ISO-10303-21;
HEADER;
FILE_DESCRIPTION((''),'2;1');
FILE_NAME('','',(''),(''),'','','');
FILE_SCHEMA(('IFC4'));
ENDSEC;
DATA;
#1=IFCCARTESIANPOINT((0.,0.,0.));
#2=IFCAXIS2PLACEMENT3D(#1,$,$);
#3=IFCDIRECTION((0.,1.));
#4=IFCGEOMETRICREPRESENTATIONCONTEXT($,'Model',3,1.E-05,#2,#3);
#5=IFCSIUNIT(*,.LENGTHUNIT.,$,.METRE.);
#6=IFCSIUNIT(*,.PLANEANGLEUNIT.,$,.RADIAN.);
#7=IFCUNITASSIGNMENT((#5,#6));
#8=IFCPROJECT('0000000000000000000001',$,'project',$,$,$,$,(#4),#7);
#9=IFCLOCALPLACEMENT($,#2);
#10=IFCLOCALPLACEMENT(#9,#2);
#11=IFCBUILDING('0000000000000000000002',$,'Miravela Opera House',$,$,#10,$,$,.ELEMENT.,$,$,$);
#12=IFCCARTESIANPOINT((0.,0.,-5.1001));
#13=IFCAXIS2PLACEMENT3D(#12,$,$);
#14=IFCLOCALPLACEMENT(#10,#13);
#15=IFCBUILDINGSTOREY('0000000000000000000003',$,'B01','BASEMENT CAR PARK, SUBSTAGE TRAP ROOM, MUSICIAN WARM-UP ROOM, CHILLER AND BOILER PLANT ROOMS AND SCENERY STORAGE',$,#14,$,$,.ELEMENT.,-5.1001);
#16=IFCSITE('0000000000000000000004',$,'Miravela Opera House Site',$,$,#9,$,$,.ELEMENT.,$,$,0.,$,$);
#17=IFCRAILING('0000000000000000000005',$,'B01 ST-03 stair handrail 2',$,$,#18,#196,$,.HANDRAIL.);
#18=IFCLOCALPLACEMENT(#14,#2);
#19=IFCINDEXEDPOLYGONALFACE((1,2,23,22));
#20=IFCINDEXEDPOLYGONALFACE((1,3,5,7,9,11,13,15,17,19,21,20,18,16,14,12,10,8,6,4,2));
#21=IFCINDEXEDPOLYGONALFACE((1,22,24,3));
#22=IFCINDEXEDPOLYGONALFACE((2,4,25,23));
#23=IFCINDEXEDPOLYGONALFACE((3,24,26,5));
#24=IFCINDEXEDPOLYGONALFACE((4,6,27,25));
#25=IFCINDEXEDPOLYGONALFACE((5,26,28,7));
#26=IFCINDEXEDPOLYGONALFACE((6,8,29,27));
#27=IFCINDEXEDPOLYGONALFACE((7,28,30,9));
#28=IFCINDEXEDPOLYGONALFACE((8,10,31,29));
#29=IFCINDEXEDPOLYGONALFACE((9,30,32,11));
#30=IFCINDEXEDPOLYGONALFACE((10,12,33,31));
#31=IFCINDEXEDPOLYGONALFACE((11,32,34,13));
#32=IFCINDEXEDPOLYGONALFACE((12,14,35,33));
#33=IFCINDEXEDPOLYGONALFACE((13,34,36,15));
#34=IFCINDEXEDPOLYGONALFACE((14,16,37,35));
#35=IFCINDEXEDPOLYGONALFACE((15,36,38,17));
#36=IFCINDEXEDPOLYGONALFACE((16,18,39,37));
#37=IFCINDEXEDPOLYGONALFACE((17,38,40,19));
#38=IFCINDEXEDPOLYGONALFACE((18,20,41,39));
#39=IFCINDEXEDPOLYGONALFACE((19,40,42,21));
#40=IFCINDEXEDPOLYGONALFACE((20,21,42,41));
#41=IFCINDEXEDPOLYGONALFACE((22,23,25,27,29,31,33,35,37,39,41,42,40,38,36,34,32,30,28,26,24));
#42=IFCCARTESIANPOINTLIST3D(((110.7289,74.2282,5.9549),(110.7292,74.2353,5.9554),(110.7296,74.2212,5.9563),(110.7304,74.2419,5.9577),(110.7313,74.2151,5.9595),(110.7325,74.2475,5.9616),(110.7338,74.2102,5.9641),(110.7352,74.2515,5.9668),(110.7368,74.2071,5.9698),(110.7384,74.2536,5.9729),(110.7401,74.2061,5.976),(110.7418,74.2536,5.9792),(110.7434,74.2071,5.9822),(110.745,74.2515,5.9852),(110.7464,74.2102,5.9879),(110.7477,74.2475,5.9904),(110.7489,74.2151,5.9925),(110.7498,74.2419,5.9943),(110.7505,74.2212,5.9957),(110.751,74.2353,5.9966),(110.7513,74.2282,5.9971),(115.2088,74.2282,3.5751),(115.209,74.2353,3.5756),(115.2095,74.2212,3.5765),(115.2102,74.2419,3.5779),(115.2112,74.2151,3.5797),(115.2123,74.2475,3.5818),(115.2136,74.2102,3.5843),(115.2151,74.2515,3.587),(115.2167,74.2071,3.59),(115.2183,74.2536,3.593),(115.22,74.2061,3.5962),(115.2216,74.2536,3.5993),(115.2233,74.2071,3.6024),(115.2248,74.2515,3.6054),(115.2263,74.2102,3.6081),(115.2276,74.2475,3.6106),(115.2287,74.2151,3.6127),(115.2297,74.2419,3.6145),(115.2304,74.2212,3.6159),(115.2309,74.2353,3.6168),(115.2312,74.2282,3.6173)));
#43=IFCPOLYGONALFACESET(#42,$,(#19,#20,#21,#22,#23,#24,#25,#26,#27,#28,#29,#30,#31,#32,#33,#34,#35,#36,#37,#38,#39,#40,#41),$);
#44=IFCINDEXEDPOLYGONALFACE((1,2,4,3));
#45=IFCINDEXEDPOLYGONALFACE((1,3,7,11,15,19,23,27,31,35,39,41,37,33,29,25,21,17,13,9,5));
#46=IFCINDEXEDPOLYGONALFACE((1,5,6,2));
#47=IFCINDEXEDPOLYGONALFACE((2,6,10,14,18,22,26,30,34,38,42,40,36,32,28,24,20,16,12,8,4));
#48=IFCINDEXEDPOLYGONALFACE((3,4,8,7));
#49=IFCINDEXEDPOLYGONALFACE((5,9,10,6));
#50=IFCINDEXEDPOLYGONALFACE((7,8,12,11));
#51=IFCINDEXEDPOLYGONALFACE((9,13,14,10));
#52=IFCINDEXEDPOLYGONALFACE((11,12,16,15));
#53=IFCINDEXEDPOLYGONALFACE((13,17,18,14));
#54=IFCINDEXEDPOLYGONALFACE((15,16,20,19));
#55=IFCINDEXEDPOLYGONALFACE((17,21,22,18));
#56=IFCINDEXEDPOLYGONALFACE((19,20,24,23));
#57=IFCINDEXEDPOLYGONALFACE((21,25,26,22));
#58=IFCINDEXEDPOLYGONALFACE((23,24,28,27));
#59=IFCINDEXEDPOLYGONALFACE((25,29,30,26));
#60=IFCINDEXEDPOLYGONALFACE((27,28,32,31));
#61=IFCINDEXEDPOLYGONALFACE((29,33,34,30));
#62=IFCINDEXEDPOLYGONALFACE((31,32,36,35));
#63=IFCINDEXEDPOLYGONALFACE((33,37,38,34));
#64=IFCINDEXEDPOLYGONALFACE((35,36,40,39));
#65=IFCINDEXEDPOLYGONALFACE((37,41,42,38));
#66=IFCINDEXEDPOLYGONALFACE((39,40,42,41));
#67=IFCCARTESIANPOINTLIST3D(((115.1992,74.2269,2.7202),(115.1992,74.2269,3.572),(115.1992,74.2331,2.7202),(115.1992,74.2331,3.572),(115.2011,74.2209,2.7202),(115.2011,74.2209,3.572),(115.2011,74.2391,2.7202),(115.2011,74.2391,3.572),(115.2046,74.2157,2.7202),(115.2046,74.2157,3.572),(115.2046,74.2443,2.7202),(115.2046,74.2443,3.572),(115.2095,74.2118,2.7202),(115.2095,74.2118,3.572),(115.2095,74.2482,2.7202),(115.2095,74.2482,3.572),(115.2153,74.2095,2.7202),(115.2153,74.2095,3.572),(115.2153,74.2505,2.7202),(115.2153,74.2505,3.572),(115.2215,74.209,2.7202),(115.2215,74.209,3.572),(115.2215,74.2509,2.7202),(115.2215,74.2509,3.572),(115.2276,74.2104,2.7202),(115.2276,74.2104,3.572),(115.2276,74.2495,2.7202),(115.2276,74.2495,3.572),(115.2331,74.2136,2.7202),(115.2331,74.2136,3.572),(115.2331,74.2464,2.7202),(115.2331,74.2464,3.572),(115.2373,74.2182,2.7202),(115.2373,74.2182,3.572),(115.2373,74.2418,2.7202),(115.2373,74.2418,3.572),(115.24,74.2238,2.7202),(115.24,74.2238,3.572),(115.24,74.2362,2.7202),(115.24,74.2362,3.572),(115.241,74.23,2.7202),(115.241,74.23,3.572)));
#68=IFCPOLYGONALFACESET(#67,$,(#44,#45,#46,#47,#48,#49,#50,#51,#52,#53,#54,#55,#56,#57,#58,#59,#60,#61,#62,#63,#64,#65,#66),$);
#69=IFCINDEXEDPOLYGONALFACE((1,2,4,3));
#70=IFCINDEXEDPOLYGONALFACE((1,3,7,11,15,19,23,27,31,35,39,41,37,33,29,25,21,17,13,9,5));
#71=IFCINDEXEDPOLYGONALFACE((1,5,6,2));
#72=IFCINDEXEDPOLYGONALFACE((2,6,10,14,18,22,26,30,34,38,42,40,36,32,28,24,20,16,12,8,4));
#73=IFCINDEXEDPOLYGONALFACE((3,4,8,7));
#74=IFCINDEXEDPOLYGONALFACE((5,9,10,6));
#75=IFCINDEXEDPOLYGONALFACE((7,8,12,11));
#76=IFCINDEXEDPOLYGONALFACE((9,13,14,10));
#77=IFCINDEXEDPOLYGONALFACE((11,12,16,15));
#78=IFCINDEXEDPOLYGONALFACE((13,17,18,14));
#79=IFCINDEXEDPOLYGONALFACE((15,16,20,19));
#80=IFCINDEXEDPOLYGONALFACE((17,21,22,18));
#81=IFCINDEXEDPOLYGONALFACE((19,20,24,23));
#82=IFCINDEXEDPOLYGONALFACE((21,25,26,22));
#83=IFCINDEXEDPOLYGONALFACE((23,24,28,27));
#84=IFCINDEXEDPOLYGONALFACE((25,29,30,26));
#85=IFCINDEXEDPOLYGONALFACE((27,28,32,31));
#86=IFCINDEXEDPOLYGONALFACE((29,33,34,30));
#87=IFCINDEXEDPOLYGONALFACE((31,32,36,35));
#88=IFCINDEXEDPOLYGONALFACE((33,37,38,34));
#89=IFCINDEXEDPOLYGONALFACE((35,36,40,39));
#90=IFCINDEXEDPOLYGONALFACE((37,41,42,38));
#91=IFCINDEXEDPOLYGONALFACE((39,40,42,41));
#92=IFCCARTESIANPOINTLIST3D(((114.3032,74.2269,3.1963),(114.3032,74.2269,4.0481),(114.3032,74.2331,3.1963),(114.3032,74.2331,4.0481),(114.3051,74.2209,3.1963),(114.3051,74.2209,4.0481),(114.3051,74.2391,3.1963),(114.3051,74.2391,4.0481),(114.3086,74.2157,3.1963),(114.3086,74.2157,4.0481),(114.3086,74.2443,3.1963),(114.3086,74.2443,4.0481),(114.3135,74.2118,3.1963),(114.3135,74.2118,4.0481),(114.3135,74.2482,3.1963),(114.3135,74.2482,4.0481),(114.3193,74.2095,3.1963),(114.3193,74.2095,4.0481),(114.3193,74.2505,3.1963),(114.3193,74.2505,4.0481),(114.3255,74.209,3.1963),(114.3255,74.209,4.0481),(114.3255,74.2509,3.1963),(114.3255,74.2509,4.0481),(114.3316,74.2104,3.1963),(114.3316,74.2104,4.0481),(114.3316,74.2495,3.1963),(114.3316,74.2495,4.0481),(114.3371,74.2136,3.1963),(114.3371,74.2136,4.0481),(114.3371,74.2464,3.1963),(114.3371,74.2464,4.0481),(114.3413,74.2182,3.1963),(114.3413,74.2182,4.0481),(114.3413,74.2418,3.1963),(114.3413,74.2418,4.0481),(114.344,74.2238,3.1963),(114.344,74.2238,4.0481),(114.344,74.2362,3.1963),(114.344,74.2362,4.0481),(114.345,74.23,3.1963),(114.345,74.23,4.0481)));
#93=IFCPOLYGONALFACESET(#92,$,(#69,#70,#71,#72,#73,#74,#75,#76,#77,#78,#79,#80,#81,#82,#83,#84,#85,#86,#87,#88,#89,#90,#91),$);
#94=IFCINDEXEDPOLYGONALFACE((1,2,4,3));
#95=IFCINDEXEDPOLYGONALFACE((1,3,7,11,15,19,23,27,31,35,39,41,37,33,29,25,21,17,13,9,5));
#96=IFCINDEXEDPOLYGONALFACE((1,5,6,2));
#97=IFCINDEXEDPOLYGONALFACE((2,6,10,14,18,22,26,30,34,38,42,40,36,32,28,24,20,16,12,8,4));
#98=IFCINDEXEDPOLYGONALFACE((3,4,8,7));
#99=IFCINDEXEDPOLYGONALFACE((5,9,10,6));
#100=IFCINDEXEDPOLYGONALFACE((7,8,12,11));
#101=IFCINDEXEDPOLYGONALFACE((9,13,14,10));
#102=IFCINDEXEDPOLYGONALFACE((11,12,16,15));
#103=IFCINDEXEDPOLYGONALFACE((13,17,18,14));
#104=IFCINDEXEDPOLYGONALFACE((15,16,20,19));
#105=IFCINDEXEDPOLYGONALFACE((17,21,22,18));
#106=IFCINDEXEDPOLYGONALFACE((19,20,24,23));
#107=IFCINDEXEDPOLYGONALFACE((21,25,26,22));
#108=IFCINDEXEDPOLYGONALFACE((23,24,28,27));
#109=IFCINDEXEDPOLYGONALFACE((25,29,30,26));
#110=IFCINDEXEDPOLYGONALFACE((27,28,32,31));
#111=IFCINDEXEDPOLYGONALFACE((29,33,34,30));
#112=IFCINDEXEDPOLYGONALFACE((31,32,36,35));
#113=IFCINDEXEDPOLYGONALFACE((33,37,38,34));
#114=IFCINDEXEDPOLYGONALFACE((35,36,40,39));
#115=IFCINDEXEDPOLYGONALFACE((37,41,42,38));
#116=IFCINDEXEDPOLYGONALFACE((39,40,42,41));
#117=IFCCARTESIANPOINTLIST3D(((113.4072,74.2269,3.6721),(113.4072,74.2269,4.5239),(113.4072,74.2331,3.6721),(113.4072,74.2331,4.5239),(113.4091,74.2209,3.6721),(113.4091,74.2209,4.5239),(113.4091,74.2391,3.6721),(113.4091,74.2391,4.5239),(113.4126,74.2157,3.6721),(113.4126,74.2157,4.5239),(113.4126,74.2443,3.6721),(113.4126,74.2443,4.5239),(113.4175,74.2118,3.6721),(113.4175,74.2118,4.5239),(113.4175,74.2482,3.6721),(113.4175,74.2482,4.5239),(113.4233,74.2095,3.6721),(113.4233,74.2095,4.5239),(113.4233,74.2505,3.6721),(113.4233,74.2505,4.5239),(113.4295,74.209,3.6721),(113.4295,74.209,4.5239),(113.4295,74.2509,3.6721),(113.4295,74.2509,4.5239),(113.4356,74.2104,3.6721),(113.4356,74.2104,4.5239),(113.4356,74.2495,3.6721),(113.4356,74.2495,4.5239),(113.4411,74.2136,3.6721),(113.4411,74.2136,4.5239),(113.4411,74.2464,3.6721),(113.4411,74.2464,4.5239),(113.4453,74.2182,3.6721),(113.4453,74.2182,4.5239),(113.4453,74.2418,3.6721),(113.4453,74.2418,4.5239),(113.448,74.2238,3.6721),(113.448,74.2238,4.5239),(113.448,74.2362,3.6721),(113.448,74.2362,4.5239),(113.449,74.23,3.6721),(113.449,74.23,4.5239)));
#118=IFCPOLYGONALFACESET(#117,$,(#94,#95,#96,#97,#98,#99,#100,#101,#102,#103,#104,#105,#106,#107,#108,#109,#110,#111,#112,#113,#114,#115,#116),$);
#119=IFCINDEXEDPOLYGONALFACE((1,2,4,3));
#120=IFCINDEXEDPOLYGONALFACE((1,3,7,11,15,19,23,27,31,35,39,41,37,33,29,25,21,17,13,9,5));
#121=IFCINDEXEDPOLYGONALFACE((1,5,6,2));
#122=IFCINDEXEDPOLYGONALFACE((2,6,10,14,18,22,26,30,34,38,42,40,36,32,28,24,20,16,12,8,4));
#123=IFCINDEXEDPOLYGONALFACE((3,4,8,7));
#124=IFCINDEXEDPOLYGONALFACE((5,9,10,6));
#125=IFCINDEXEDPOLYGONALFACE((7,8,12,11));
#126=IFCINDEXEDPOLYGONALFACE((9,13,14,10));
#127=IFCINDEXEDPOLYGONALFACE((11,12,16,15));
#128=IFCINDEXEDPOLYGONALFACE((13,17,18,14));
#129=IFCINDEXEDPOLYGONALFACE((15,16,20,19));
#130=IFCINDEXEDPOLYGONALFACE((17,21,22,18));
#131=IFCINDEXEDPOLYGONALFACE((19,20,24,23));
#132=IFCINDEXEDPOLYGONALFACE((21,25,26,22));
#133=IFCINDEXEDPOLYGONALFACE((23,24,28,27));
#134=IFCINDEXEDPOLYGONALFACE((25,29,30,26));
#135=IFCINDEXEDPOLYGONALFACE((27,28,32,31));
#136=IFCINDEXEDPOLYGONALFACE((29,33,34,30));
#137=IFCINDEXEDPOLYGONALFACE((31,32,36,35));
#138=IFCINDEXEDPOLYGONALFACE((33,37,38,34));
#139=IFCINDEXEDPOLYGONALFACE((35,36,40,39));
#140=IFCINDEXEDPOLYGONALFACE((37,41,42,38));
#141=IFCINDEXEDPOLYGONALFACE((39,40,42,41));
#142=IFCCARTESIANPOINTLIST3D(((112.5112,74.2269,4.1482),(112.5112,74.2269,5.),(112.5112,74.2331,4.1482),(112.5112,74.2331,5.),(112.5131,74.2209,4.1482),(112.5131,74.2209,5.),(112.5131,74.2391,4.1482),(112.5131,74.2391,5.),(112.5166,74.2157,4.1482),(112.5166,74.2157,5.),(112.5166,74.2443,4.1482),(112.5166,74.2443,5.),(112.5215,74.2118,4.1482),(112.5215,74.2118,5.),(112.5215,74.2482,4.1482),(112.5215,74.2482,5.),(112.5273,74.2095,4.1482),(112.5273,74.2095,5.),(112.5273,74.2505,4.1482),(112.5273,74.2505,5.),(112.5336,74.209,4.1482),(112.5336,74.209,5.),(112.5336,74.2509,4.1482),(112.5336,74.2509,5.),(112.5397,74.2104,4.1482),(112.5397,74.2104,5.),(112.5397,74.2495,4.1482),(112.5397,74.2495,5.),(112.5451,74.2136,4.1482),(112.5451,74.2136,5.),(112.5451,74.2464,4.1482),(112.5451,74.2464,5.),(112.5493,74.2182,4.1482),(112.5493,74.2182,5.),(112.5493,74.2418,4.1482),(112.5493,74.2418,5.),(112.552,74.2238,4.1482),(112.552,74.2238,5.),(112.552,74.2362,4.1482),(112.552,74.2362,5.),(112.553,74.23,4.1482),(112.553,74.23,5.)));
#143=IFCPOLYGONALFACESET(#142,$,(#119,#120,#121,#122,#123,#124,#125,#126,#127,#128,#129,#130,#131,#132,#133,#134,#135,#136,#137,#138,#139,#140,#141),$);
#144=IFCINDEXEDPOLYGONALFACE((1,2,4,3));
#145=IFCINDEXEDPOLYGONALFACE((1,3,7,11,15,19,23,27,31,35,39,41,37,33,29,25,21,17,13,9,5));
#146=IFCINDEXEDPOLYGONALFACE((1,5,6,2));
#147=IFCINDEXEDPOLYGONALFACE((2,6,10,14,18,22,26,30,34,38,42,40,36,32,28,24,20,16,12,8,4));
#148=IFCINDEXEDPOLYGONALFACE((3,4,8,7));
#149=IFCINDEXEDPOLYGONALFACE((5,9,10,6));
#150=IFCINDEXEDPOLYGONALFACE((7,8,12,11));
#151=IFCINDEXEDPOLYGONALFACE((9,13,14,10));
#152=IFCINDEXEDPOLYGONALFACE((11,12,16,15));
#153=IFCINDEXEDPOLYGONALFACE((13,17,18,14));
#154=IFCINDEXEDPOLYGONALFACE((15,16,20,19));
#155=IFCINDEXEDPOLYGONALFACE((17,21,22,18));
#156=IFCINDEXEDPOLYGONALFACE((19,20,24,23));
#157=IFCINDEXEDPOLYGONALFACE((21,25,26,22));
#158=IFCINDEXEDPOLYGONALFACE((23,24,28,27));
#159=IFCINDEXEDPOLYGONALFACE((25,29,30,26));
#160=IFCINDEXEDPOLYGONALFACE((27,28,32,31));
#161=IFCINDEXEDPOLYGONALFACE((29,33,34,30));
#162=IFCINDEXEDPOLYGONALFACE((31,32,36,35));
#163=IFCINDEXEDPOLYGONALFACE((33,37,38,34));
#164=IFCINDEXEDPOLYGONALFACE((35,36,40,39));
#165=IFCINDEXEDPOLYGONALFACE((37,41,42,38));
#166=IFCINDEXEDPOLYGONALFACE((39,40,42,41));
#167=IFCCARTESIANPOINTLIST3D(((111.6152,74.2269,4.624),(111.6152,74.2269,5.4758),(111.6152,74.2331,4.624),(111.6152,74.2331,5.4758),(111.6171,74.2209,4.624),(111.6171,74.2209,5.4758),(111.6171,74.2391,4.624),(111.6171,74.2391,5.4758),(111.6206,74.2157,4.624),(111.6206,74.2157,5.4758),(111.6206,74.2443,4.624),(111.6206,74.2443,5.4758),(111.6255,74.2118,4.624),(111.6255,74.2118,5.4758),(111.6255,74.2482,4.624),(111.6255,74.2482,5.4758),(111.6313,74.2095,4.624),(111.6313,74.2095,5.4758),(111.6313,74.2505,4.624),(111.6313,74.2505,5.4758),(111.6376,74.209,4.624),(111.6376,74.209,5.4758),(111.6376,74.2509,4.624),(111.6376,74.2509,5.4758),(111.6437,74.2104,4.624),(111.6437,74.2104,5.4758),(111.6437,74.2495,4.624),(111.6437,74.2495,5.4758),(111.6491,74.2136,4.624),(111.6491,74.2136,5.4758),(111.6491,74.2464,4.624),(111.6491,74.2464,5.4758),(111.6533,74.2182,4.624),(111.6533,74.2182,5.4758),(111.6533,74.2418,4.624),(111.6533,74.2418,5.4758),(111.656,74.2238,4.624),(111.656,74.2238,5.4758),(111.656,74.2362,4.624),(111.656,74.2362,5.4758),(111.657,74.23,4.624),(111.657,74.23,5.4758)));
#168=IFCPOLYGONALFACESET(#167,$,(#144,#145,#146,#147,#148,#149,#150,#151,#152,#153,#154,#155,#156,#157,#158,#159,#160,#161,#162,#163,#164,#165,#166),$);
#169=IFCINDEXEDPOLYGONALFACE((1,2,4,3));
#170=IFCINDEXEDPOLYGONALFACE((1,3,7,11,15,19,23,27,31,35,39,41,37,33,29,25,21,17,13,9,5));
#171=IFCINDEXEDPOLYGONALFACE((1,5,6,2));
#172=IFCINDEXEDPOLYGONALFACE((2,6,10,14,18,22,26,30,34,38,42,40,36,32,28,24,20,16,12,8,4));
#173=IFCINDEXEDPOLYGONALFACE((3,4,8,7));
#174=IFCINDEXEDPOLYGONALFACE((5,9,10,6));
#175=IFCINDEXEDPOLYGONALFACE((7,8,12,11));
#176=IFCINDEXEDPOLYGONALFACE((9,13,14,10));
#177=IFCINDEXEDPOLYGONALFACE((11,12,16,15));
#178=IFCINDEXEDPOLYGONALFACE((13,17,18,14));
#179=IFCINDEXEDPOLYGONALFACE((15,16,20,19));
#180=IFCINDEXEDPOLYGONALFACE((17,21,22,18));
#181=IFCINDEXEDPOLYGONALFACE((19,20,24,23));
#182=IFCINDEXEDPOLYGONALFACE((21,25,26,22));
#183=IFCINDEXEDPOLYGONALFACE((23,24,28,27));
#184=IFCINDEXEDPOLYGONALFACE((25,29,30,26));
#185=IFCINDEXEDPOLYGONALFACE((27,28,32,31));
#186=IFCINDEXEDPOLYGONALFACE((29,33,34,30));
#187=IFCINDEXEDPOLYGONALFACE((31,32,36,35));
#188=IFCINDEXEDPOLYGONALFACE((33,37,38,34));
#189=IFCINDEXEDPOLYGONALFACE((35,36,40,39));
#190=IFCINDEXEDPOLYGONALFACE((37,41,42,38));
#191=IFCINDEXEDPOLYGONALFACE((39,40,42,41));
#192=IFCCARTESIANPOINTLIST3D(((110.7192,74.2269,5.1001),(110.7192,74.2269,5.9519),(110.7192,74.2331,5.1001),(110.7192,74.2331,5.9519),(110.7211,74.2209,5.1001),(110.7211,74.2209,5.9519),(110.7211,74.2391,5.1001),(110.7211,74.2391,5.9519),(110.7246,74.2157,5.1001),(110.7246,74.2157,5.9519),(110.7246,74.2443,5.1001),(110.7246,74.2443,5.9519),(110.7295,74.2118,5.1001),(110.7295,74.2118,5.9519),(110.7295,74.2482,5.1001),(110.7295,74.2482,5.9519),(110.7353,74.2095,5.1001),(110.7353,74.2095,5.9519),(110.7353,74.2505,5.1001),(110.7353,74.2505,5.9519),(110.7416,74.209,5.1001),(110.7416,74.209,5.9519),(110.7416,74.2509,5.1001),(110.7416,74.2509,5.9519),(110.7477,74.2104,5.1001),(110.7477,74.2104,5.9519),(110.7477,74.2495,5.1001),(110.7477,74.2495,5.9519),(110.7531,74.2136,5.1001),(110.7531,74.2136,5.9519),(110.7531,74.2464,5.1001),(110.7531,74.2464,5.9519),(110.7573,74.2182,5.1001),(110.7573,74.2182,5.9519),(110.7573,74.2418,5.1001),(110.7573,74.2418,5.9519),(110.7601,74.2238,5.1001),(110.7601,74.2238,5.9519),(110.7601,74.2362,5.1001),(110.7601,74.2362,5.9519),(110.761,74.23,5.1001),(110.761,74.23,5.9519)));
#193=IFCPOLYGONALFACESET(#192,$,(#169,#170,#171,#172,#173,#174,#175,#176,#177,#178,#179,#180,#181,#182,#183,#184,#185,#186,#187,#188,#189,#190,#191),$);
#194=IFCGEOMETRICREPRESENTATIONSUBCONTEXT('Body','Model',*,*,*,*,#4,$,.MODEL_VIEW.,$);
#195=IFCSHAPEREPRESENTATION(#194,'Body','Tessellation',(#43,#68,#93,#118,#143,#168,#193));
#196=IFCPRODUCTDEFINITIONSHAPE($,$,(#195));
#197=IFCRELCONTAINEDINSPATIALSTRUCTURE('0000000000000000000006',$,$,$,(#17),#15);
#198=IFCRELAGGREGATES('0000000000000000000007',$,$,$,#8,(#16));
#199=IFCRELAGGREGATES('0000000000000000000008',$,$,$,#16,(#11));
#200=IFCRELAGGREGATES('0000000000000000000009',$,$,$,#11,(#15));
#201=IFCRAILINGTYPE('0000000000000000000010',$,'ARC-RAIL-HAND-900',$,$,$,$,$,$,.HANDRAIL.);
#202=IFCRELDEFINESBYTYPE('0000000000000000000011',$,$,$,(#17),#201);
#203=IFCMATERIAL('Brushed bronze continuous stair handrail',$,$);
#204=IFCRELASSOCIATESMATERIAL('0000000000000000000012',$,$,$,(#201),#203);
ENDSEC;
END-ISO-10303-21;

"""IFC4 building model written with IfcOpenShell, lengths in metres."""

from ifc_helpers import new_model, si_unit, direction, frame, origin, origin_2d, place, context, subcontext, project, spatial, circle, extrude, material, type_object, element, save


model = new_model("IFC4")

# Units and contexts
model_context = context("Model", 3, precision=1e-05, world=origin(), true_north=direction((0.0, 1.0)))
body_context = subcontext(model_context, "Body", "Model", "MODEL_VIEW")
ifc_project = project(units=[si_unit("LENGTHUNIT", "METRE"), si_unit("PLANEANGLEUNIT", "RADIAN")], contexts=[model_context])

# Site, building, storey
site_placement = place(None, origin())
site = spatial("IfcSite", under=ifc_project, at=site_placement, Name="Miravela Opera House Site", CompositionType="ELEMENT", RefElevation=0.0)
building_placement = place(site_placement, origin())
building = spatial("IfcBuilding", under=site, at=building_placement, Name="Miravela Opera House", CompositionType="ELEMENT")
storey_placement = place(building_placement, frame((0.0, 0.0, -5.1001)))
storey = spatial("IfcBuildingStorey", under=building, at=storey_placement, Name="B01", Description="BASEMENT CAR PARK, SUBSTAGE TRAP ROOM, MUSICIAN WARM-UP ROOM, CHILLER AND BOILER PLANT ROOMS AND SCENERY STORAGE", CompositionType="ELEMENT", Elevation=-5.1001)

# Railing
ifc_material_1 = material(Name="Brushed bronze continuous stair handrail")
railing_type_1 = type_object("IfcRailingType", Name="ARC-RAIL-HAND-900", PredefinedType="HANDRAIL", material=ifc_material_1)
railing_1_placement = place(storey_placement, frame((115.22, 74.23, 2.7202)))
element("IfcRailing", 1, at=railing_1_placement, inside=storey, type_object=railing_type_1, Name="B01 ST-03 stair handrail 2", PredefinedType="HANDRAIL", context=body_context, shape_type="SweptSolid", body=[
    extrude(circle(Radius=0.0239, at=origin_2d()), frame((0.0, 0.0, 0.876), z_axis=(-0.883124, 0.0, 0.469139), x_axis=(0.0, -1.0, 0.0)), (0.0, 0.0, 1.0), 5.0728),
    extrude(circle(Radius=0.021, at=origin_2d()), origin(), (0.0, 0.0, 1.0), 0.8518),
    extrude(circle(Radius=0.021, at=origin_2d()), frame((-0.896, 0.0, 0.4761)), (0.0, 0.0, 1.0), 0.8518),
    extrude(circle(Radius=0.021, at=origin_2d()), frame((-1.792, 0.0, 0.9519)), (0.0, 0.0, 1.0), 0.8518),
    extrude(circle(Radius=0.021, at=origin_2d()), frame((-2.688, 0.0, 1.428)), (0.0, 0.0, 1.0), 0.8518),
    extrude(circle(Radius=0.021, at=origin_2d()), frame((-3.584, 0.0, 1.9038)), (0.0, 0.0, 1.0), 0.8518),
    extrude(circle(Radius=0.021, at=origin_2d()), frame((-4.48, 0.0, 2.3799)), (0.0, 0.0, 1.0), 0.8518),
])

save(model, "model.ifc")
